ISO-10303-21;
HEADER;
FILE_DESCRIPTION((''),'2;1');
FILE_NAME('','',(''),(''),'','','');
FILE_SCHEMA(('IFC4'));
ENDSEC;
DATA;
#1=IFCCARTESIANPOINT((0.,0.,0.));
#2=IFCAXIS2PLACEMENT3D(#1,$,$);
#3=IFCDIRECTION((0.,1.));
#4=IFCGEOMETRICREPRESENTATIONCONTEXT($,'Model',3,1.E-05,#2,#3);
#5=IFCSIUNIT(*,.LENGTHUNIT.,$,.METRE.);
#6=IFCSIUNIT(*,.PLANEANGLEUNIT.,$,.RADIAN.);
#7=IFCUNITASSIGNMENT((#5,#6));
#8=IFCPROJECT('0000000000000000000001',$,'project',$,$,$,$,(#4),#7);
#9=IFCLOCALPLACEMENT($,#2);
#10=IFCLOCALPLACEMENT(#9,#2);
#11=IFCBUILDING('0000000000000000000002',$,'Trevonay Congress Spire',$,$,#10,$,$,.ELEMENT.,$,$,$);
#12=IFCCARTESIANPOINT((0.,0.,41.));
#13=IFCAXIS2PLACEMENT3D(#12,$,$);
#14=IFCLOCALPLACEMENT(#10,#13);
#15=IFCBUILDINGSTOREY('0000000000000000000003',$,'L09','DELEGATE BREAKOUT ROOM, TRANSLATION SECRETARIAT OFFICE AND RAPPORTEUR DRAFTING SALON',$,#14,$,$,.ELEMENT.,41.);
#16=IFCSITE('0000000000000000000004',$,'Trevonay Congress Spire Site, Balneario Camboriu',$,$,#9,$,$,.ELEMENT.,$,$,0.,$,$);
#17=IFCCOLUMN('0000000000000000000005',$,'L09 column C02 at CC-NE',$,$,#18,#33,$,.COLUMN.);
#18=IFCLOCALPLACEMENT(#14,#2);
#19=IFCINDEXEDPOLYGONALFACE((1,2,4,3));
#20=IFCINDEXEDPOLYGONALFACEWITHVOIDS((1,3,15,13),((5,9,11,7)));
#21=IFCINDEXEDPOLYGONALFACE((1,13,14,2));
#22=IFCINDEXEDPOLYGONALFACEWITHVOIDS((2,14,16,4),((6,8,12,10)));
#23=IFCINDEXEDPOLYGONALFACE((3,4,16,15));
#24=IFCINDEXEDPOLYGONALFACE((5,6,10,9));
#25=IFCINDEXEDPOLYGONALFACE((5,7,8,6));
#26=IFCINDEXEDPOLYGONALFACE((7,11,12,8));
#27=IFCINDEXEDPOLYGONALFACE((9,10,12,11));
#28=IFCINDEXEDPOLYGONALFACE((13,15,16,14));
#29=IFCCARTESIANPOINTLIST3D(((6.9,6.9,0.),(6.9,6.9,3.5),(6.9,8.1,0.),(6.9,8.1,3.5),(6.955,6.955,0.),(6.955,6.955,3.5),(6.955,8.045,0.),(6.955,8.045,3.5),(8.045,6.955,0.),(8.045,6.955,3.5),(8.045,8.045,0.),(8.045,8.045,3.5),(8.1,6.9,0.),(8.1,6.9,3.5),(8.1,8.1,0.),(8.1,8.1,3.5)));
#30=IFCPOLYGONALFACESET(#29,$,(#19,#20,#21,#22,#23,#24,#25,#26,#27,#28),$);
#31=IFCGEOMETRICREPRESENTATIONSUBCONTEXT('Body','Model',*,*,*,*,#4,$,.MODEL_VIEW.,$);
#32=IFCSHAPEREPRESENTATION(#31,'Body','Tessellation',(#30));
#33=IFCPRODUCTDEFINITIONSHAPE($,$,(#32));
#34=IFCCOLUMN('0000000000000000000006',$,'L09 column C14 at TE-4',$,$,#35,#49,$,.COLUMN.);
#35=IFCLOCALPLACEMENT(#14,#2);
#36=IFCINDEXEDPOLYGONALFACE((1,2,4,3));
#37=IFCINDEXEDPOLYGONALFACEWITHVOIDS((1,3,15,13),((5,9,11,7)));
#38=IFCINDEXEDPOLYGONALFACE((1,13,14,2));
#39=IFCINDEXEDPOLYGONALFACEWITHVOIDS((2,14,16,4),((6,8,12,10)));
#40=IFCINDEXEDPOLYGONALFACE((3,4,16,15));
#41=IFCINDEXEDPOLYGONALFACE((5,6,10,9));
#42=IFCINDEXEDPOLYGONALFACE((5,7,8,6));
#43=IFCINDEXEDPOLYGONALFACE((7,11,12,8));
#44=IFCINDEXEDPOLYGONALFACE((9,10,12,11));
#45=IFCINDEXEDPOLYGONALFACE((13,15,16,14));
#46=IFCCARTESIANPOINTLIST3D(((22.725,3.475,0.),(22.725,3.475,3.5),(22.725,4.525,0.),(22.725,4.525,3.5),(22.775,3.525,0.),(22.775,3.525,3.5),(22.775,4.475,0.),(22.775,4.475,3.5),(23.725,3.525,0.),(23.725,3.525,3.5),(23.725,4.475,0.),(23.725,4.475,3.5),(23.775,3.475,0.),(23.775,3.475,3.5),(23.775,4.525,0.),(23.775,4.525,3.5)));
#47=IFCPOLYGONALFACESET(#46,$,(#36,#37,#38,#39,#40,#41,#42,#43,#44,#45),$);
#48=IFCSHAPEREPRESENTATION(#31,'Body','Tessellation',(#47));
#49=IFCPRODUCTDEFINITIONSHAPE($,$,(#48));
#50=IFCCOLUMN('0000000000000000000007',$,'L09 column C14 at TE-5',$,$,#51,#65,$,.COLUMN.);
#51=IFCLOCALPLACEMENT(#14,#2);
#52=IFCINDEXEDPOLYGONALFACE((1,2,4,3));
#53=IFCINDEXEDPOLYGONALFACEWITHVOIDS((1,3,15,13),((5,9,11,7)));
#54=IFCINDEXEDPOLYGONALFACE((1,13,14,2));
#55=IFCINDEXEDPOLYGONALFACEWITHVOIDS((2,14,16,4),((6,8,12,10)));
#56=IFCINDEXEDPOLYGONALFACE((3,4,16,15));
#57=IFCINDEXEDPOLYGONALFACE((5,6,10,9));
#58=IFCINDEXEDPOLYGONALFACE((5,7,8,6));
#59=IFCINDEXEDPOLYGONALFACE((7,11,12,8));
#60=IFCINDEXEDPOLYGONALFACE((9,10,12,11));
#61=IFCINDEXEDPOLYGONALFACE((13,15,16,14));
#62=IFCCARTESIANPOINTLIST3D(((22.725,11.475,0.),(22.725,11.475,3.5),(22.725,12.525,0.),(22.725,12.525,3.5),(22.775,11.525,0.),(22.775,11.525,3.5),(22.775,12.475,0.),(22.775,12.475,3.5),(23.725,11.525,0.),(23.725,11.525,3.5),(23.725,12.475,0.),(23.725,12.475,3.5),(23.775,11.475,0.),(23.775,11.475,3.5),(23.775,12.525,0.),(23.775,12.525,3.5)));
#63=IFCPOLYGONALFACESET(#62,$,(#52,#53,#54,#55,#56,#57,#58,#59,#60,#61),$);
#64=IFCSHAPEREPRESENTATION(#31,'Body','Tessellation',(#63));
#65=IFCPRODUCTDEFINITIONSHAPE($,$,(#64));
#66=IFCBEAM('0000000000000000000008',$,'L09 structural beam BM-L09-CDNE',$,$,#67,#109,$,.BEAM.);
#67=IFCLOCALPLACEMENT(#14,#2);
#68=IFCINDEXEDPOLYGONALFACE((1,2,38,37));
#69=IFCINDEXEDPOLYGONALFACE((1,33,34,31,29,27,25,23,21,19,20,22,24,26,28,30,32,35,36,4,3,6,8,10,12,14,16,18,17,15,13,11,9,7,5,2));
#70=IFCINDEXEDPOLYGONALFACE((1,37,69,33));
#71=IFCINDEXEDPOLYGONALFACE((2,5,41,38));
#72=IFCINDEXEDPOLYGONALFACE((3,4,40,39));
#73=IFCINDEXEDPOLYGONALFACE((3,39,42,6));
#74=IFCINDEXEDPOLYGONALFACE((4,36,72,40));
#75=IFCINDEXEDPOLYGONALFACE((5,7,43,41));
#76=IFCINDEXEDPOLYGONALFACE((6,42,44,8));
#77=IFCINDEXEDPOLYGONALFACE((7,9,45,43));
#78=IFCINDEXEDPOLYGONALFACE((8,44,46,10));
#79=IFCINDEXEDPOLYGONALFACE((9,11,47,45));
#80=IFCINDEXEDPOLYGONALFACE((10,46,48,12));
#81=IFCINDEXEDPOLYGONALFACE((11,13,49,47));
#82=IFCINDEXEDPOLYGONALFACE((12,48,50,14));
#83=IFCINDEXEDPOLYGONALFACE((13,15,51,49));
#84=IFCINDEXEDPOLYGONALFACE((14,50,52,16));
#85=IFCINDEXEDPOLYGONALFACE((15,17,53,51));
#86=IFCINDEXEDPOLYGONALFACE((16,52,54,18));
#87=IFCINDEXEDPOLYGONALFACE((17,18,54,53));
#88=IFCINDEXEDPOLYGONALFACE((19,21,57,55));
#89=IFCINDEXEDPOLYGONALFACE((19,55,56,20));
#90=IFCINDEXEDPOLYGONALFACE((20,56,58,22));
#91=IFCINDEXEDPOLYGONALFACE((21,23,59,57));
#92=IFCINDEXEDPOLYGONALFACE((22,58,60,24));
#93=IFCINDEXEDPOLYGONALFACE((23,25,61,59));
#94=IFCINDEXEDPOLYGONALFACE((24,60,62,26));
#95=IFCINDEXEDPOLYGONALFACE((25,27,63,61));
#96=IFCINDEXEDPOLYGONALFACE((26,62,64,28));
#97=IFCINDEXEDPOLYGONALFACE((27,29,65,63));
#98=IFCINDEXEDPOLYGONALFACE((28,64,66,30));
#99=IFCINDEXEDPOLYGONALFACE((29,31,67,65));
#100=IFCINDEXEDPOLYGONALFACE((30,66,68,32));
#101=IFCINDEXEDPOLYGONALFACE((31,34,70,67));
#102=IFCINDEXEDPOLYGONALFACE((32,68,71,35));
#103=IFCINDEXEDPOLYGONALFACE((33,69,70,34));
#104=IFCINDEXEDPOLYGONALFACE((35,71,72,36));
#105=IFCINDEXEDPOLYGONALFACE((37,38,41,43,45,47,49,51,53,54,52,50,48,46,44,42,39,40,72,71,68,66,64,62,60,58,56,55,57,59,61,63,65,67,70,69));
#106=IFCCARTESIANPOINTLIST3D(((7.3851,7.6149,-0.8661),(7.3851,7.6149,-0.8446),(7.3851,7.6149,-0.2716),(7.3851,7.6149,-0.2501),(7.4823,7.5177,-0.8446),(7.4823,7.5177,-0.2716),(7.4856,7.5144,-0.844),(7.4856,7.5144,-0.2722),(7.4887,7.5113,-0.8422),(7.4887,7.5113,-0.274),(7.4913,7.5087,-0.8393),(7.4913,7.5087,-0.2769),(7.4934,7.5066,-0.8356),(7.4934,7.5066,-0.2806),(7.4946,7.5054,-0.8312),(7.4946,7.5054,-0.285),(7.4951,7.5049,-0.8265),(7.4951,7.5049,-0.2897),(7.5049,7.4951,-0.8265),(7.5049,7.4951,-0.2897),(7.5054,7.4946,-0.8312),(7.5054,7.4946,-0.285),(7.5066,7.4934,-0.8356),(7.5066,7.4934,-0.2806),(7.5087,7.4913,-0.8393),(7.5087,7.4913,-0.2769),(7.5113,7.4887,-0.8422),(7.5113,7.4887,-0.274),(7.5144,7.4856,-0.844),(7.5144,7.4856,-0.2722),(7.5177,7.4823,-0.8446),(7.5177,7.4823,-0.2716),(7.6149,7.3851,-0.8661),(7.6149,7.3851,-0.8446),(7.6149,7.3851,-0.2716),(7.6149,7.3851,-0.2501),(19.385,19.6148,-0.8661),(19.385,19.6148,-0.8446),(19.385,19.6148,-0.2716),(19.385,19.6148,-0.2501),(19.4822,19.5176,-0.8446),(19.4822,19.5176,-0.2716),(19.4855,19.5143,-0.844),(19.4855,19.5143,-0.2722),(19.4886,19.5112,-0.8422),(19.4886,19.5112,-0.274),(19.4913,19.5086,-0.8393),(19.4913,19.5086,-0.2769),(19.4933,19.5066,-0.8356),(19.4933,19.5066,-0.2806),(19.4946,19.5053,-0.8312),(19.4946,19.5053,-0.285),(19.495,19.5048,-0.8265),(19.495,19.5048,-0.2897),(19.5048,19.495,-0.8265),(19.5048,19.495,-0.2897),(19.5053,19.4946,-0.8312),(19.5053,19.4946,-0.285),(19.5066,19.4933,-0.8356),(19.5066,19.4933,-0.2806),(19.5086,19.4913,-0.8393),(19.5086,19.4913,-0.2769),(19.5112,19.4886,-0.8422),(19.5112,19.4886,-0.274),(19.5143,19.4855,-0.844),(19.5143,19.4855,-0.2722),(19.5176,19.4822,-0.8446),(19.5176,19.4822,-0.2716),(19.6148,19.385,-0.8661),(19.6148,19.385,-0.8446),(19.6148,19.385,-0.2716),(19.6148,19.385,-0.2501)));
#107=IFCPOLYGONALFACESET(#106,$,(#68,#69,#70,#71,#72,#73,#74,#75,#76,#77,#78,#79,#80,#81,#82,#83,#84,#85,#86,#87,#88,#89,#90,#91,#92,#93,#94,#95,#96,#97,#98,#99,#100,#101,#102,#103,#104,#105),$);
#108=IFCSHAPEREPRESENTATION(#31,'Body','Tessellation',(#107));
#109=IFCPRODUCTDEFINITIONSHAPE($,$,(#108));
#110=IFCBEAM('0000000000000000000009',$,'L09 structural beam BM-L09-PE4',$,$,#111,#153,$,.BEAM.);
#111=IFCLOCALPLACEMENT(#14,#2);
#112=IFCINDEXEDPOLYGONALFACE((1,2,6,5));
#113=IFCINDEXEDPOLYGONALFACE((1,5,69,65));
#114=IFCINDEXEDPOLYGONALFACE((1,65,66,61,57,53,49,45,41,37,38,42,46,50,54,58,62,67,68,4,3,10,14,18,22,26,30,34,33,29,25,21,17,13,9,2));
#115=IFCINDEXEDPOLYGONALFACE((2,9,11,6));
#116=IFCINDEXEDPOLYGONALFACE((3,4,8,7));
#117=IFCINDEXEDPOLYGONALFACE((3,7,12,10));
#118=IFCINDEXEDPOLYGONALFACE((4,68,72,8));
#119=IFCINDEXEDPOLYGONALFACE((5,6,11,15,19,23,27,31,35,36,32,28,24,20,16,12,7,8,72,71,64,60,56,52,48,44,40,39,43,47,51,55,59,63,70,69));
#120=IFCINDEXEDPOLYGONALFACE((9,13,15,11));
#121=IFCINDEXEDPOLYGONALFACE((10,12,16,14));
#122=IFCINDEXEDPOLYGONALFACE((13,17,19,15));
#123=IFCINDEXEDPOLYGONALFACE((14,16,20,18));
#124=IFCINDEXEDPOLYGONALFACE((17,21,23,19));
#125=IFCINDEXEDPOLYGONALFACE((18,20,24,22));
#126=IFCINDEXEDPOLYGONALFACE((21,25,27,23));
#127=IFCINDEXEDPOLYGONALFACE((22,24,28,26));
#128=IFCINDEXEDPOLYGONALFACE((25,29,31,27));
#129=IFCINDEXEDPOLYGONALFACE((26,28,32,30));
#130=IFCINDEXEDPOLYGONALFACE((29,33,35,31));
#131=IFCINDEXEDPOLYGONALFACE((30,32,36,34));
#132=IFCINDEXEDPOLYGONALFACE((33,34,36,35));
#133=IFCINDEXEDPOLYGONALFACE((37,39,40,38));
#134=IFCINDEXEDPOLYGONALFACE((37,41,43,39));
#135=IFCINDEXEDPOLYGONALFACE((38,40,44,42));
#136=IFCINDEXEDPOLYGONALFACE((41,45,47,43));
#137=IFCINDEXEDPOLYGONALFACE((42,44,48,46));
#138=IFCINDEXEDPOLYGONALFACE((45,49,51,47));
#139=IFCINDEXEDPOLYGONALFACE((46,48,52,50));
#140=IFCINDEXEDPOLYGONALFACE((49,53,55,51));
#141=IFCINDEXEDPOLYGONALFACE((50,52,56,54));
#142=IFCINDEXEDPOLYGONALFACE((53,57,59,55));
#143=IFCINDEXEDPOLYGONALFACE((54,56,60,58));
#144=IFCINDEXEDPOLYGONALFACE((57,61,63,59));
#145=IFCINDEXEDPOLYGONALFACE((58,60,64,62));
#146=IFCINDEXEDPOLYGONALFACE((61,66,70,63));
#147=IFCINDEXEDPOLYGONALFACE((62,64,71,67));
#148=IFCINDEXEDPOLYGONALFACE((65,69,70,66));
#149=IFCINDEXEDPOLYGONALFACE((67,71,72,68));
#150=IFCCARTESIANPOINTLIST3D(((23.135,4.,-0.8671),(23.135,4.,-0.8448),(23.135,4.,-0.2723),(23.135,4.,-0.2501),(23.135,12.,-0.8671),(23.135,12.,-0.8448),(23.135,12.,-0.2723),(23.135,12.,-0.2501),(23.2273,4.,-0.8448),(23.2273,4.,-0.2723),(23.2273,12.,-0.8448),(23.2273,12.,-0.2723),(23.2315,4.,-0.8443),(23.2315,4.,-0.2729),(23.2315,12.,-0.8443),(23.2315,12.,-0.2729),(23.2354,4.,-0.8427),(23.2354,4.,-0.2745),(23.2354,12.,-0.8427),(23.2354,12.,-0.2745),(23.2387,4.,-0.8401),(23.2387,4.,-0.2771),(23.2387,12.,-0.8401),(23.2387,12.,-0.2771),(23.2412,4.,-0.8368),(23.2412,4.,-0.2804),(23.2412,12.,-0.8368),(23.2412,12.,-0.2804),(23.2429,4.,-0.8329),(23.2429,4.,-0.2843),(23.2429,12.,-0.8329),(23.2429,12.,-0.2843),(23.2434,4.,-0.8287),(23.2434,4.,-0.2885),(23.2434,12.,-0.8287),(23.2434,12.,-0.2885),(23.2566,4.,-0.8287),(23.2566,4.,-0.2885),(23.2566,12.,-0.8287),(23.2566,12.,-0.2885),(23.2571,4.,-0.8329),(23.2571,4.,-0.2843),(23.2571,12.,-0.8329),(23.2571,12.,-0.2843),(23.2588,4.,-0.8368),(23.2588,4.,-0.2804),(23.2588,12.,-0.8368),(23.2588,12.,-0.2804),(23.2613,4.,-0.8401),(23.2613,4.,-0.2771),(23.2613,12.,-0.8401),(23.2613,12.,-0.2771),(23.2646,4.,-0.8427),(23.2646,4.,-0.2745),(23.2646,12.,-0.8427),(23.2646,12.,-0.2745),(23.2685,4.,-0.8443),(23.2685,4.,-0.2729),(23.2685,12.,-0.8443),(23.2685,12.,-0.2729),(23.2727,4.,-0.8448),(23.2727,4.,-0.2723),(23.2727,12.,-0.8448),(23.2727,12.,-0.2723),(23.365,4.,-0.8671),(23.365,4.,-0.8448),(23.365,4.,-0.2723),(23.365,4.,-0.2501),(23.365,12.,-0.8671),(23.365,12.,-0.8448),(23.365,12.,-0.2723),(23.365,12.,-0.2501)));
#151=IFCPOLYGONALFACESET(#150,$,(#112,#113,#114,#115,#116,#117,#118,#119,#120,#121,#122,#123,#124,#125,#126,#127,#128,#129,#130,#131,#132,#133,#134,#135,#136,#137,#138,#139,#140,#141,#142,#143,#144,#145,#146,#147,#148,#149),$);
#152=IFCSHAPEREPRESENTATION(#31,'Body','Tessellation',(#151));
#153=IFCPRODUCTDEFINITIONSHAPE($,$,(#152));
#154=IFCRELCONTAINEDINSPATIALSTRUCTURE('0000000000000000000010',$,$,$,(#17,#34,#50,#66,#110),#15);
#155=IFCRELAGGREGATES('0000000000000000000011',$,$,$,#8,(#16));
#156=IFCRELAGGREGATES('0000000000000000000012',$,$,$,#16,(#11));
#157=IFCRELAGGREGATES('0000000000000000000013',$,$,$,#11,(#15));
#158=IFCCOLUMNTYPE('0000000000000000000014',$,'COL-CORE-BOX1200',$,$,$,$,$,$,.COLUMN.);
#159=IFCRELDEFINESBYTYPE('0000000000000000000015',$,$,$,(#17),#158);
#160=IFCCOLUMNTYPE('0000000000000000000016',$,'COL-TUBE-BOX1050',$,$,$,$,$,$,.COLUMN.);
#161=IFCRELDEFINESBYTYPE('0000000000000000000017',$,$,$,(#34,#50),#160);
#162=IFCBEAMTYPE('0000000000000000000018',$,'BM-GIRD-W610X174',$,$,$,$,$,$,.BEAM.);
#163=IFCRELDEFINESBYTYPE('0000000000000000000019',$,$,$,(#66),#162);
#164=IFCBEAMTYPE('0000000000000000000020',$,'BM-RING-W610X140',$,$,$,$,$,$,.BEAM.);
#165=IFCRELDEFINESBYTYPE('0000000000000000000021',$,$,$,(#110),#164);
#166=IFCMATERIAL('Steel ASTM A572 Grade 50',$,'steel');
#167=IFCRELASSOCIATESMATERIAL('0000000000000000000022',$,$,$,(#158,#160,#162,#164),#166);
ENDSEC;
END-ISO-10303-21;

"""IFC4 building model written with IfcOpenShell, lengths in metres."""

from ifc_helpers import new_model, si_unit, direction, frame, origin, origin_2d, place, context, subcontext, project, spatial, hollow_rectangle, i_section, extrude, material, material_profile, profile_set, type_object, element, save


model = new_model("IFC4")

# Units and contexts
model_context = context("Model", 3, precision=1e-05, world=origin(), true_north=direction((0.0, 1.0)))
body_context = subcontext(model_context, "Body", "Model", "MODEL_VIEW")
ifc_project = project(units=[si_unit("LENGTHUNIT", "METRE"), si_unit("PLANEANGLEUNIT", "RADIAN")], contexts=[model_context])

# Site, building, storey
site_placement = place(None, origin())
site = spatial("IfcSite", under=ifc_project, at=site_placement, Name="Trevonay Congress Spire Site, Balneario Camboriu", CompositionType="ELEMENT", RefElevation=0.0)
building_placement = place(site_placement, origin())
building = spatial("IfcBuilding", under=site, at=building_placement, Name="Trevonay Congress Spire", CompositionType="ELEMENT")
storey_placement = place(building_placement, frame((0.0, 0.0, 41.0)))
storey = spatial("IfcBuildingStorey", under=building, at=storey_placement, Name="L09", Description="DELEGATE BREAKOUT ROOM, TRANSLATION SECRETARIAT OFFICE AND RAPPORTEUR DRAFTING SALON", CompositionType="ELEMENT", Elevation=41.0)

# Columns
ifc_material_1 = material(Name="Steel ASTM A572 Grade 50", Category="steel")
ifc_material_profile_1 = material_profile(ifc_material_1, hollow_rectangle(XDim=1.2, YDim=1.2, WallThickness=0.0549, at=origin_2d()), Name="BOX 1200x1200x55")
ifc_profile_set_1 = profile_set([ifc_material_profile_1], Name="Steel ASTM A572 Grade 50")
column_type_1 = type_object("IfcColumnType", Name="COL-CORE-BOX1200", PredefinedType="COLUMN", material=ifc_profile_set_1)
column_placement = place(storey_placement, frame((7.5, 7.5, 0.0), z_axis=(0.0, 0.0, 1.0), x_axis=(1.0, 0.0, 0.0)))
element("IfcColumn", 1, at=column_placement, inside=storey, type_object=column_type_1, Name="L09 column C02 at CC-NE", PredefinedType="COLUMN", context=body_context, shape_type="SweptSolid", body=[
    extrude(hollow_rectangle(XDim=1.2, YDim=1.2, WallThickness=0.0549, at=origin_2d()), origin(), (0.0, 0.0, 1.0), 3.5),
])
ifc_material_profile_2 = material_profile(ifc_material_1, hollow_rectangle(XDim=1.05, YDim=1.05, WallThickness=0.05, at=origin_2d()), Name="BOX 1050x1050x50")
ifc_profile_set_2 = profile_set([ifc_material_profile_2], Name="Steel ASTM A572 Grade 50")
column_type_2 = type_object("IfcColumnType", Name="COL-TUBE-BOX1050", PredefinedType="COLUMN", material=ifc_profile_set_2)
for number, where, z_axis, x_axis, name in (
    (2, (23.25, 4.0, 0.0), (0.0, 0.0, 1.0), (1.0, 0.0, 0.0), "L09 column C14 at TE-4"),
    (3, (23.25, 12.0, 0.0), (0.0, 0.0, 1.0), (1.0, 0.0, 0.0), "L09 column C14 at TE-5"),
):
    element("IfcColumn", number, at=place(storey_placement, frame(where, z_axis=z_axis, x_axis=x_axis)), inside=storey, type_object=column_type_2, Name=name, PredefinedType="COLUMN", context=body_context, shape_type="SweptSolid", body=[
        extrude(hollow_rectangle(XDim=1.05, YDim=1.05, WallThickness=0.05, at=origin_2d()), origin(), (0.0, 0.0, 1.0), 3.5),
    ])

# Beams
ifc_material_profile_3 = material_profile(ifc_material_1, i_section(OverallWidth=0.325, OverallDepth=0.616, WebThickness=0.0139, FlangeThickness=0.0215, FilletRadius=0.0181, at=origin_2d()), Name="W610x174")
ifc_profile_set_3 = profile_set([ifc_material_profile_3], Name="Steel ASTM A572 Grade 50")
beam_type_1 = type_object("IfcBeamType", Name="BM-GIRD-W610X174", PredefinedType="BEAM", material=ifc_profile_set_3)
beam_1_placement = place(storey_placement, frame((7.5, 7.5, -0.5581), z_axis=(0.707107, 0.707107, 0.0), x_axis=(-0.707107, 0.707107, 0.0)))
element("IfcBeam", 4, at=beam_1_placement, inside=storey, type_object=beam_type_1, Name="L09 structural beam BM-L09-CDNE", PredefinedType="BEAM", context=body_context, shape_type="SweptSolid", body=[
    extrude(i_section(OverallWidth=0.325, OverallDepth=0.616, WebThickness=0.0139, FlangeThickness=0.0215, FilletRadius=0.0181, at=origin_2d()), origin(), (0.0, 0.0, 1.0), 16.9705),
])
ifc_material_profile_4 = material_profile(ifc_material_1, i_section(OverallWidth=0.23, OverallDepth=0.6169, WebThickness=0.0132, FlangeThickness=0.0222, FilletRadius=0.0161, at=origin_2d()), Name="W610x140")
ifc_profile_set_4 = profile_set([ifc_material_profile_4], Name="Steel ASTM A572 Grade 50")
beam_type_2 = type_object("IfcBeamType", Name="BM-RING-W610X140", PredefinedType="BEAM", material=ifc_profile_set_4)
beam_2_placement = place(storey_placement, frame((23.25, 4.0, -0.5586), z_axis=(0.0, 1.0, 0.0), x_axis=(-1.0, 0.0, 0.0)))
element("IfcBeam", 5, at=beam_2_placement, inside=storey, type_object=beam_type_2, Name="L09 structural beam BM-L09-PE4", PredefinedType="BEAM", context=body_context, shape_type="SweptSolid", body=[
    extrude(i_section(OverallWidth=0.23, OverallDepth=0.6169, WebThickness=0.0132, FlangeThickness=0.0222, FilletRadius=0.0161, at=origin_2d()), origin(), (0.0, 0.0, 1.0), 8.0),
])

save(model, "model.ifc")
